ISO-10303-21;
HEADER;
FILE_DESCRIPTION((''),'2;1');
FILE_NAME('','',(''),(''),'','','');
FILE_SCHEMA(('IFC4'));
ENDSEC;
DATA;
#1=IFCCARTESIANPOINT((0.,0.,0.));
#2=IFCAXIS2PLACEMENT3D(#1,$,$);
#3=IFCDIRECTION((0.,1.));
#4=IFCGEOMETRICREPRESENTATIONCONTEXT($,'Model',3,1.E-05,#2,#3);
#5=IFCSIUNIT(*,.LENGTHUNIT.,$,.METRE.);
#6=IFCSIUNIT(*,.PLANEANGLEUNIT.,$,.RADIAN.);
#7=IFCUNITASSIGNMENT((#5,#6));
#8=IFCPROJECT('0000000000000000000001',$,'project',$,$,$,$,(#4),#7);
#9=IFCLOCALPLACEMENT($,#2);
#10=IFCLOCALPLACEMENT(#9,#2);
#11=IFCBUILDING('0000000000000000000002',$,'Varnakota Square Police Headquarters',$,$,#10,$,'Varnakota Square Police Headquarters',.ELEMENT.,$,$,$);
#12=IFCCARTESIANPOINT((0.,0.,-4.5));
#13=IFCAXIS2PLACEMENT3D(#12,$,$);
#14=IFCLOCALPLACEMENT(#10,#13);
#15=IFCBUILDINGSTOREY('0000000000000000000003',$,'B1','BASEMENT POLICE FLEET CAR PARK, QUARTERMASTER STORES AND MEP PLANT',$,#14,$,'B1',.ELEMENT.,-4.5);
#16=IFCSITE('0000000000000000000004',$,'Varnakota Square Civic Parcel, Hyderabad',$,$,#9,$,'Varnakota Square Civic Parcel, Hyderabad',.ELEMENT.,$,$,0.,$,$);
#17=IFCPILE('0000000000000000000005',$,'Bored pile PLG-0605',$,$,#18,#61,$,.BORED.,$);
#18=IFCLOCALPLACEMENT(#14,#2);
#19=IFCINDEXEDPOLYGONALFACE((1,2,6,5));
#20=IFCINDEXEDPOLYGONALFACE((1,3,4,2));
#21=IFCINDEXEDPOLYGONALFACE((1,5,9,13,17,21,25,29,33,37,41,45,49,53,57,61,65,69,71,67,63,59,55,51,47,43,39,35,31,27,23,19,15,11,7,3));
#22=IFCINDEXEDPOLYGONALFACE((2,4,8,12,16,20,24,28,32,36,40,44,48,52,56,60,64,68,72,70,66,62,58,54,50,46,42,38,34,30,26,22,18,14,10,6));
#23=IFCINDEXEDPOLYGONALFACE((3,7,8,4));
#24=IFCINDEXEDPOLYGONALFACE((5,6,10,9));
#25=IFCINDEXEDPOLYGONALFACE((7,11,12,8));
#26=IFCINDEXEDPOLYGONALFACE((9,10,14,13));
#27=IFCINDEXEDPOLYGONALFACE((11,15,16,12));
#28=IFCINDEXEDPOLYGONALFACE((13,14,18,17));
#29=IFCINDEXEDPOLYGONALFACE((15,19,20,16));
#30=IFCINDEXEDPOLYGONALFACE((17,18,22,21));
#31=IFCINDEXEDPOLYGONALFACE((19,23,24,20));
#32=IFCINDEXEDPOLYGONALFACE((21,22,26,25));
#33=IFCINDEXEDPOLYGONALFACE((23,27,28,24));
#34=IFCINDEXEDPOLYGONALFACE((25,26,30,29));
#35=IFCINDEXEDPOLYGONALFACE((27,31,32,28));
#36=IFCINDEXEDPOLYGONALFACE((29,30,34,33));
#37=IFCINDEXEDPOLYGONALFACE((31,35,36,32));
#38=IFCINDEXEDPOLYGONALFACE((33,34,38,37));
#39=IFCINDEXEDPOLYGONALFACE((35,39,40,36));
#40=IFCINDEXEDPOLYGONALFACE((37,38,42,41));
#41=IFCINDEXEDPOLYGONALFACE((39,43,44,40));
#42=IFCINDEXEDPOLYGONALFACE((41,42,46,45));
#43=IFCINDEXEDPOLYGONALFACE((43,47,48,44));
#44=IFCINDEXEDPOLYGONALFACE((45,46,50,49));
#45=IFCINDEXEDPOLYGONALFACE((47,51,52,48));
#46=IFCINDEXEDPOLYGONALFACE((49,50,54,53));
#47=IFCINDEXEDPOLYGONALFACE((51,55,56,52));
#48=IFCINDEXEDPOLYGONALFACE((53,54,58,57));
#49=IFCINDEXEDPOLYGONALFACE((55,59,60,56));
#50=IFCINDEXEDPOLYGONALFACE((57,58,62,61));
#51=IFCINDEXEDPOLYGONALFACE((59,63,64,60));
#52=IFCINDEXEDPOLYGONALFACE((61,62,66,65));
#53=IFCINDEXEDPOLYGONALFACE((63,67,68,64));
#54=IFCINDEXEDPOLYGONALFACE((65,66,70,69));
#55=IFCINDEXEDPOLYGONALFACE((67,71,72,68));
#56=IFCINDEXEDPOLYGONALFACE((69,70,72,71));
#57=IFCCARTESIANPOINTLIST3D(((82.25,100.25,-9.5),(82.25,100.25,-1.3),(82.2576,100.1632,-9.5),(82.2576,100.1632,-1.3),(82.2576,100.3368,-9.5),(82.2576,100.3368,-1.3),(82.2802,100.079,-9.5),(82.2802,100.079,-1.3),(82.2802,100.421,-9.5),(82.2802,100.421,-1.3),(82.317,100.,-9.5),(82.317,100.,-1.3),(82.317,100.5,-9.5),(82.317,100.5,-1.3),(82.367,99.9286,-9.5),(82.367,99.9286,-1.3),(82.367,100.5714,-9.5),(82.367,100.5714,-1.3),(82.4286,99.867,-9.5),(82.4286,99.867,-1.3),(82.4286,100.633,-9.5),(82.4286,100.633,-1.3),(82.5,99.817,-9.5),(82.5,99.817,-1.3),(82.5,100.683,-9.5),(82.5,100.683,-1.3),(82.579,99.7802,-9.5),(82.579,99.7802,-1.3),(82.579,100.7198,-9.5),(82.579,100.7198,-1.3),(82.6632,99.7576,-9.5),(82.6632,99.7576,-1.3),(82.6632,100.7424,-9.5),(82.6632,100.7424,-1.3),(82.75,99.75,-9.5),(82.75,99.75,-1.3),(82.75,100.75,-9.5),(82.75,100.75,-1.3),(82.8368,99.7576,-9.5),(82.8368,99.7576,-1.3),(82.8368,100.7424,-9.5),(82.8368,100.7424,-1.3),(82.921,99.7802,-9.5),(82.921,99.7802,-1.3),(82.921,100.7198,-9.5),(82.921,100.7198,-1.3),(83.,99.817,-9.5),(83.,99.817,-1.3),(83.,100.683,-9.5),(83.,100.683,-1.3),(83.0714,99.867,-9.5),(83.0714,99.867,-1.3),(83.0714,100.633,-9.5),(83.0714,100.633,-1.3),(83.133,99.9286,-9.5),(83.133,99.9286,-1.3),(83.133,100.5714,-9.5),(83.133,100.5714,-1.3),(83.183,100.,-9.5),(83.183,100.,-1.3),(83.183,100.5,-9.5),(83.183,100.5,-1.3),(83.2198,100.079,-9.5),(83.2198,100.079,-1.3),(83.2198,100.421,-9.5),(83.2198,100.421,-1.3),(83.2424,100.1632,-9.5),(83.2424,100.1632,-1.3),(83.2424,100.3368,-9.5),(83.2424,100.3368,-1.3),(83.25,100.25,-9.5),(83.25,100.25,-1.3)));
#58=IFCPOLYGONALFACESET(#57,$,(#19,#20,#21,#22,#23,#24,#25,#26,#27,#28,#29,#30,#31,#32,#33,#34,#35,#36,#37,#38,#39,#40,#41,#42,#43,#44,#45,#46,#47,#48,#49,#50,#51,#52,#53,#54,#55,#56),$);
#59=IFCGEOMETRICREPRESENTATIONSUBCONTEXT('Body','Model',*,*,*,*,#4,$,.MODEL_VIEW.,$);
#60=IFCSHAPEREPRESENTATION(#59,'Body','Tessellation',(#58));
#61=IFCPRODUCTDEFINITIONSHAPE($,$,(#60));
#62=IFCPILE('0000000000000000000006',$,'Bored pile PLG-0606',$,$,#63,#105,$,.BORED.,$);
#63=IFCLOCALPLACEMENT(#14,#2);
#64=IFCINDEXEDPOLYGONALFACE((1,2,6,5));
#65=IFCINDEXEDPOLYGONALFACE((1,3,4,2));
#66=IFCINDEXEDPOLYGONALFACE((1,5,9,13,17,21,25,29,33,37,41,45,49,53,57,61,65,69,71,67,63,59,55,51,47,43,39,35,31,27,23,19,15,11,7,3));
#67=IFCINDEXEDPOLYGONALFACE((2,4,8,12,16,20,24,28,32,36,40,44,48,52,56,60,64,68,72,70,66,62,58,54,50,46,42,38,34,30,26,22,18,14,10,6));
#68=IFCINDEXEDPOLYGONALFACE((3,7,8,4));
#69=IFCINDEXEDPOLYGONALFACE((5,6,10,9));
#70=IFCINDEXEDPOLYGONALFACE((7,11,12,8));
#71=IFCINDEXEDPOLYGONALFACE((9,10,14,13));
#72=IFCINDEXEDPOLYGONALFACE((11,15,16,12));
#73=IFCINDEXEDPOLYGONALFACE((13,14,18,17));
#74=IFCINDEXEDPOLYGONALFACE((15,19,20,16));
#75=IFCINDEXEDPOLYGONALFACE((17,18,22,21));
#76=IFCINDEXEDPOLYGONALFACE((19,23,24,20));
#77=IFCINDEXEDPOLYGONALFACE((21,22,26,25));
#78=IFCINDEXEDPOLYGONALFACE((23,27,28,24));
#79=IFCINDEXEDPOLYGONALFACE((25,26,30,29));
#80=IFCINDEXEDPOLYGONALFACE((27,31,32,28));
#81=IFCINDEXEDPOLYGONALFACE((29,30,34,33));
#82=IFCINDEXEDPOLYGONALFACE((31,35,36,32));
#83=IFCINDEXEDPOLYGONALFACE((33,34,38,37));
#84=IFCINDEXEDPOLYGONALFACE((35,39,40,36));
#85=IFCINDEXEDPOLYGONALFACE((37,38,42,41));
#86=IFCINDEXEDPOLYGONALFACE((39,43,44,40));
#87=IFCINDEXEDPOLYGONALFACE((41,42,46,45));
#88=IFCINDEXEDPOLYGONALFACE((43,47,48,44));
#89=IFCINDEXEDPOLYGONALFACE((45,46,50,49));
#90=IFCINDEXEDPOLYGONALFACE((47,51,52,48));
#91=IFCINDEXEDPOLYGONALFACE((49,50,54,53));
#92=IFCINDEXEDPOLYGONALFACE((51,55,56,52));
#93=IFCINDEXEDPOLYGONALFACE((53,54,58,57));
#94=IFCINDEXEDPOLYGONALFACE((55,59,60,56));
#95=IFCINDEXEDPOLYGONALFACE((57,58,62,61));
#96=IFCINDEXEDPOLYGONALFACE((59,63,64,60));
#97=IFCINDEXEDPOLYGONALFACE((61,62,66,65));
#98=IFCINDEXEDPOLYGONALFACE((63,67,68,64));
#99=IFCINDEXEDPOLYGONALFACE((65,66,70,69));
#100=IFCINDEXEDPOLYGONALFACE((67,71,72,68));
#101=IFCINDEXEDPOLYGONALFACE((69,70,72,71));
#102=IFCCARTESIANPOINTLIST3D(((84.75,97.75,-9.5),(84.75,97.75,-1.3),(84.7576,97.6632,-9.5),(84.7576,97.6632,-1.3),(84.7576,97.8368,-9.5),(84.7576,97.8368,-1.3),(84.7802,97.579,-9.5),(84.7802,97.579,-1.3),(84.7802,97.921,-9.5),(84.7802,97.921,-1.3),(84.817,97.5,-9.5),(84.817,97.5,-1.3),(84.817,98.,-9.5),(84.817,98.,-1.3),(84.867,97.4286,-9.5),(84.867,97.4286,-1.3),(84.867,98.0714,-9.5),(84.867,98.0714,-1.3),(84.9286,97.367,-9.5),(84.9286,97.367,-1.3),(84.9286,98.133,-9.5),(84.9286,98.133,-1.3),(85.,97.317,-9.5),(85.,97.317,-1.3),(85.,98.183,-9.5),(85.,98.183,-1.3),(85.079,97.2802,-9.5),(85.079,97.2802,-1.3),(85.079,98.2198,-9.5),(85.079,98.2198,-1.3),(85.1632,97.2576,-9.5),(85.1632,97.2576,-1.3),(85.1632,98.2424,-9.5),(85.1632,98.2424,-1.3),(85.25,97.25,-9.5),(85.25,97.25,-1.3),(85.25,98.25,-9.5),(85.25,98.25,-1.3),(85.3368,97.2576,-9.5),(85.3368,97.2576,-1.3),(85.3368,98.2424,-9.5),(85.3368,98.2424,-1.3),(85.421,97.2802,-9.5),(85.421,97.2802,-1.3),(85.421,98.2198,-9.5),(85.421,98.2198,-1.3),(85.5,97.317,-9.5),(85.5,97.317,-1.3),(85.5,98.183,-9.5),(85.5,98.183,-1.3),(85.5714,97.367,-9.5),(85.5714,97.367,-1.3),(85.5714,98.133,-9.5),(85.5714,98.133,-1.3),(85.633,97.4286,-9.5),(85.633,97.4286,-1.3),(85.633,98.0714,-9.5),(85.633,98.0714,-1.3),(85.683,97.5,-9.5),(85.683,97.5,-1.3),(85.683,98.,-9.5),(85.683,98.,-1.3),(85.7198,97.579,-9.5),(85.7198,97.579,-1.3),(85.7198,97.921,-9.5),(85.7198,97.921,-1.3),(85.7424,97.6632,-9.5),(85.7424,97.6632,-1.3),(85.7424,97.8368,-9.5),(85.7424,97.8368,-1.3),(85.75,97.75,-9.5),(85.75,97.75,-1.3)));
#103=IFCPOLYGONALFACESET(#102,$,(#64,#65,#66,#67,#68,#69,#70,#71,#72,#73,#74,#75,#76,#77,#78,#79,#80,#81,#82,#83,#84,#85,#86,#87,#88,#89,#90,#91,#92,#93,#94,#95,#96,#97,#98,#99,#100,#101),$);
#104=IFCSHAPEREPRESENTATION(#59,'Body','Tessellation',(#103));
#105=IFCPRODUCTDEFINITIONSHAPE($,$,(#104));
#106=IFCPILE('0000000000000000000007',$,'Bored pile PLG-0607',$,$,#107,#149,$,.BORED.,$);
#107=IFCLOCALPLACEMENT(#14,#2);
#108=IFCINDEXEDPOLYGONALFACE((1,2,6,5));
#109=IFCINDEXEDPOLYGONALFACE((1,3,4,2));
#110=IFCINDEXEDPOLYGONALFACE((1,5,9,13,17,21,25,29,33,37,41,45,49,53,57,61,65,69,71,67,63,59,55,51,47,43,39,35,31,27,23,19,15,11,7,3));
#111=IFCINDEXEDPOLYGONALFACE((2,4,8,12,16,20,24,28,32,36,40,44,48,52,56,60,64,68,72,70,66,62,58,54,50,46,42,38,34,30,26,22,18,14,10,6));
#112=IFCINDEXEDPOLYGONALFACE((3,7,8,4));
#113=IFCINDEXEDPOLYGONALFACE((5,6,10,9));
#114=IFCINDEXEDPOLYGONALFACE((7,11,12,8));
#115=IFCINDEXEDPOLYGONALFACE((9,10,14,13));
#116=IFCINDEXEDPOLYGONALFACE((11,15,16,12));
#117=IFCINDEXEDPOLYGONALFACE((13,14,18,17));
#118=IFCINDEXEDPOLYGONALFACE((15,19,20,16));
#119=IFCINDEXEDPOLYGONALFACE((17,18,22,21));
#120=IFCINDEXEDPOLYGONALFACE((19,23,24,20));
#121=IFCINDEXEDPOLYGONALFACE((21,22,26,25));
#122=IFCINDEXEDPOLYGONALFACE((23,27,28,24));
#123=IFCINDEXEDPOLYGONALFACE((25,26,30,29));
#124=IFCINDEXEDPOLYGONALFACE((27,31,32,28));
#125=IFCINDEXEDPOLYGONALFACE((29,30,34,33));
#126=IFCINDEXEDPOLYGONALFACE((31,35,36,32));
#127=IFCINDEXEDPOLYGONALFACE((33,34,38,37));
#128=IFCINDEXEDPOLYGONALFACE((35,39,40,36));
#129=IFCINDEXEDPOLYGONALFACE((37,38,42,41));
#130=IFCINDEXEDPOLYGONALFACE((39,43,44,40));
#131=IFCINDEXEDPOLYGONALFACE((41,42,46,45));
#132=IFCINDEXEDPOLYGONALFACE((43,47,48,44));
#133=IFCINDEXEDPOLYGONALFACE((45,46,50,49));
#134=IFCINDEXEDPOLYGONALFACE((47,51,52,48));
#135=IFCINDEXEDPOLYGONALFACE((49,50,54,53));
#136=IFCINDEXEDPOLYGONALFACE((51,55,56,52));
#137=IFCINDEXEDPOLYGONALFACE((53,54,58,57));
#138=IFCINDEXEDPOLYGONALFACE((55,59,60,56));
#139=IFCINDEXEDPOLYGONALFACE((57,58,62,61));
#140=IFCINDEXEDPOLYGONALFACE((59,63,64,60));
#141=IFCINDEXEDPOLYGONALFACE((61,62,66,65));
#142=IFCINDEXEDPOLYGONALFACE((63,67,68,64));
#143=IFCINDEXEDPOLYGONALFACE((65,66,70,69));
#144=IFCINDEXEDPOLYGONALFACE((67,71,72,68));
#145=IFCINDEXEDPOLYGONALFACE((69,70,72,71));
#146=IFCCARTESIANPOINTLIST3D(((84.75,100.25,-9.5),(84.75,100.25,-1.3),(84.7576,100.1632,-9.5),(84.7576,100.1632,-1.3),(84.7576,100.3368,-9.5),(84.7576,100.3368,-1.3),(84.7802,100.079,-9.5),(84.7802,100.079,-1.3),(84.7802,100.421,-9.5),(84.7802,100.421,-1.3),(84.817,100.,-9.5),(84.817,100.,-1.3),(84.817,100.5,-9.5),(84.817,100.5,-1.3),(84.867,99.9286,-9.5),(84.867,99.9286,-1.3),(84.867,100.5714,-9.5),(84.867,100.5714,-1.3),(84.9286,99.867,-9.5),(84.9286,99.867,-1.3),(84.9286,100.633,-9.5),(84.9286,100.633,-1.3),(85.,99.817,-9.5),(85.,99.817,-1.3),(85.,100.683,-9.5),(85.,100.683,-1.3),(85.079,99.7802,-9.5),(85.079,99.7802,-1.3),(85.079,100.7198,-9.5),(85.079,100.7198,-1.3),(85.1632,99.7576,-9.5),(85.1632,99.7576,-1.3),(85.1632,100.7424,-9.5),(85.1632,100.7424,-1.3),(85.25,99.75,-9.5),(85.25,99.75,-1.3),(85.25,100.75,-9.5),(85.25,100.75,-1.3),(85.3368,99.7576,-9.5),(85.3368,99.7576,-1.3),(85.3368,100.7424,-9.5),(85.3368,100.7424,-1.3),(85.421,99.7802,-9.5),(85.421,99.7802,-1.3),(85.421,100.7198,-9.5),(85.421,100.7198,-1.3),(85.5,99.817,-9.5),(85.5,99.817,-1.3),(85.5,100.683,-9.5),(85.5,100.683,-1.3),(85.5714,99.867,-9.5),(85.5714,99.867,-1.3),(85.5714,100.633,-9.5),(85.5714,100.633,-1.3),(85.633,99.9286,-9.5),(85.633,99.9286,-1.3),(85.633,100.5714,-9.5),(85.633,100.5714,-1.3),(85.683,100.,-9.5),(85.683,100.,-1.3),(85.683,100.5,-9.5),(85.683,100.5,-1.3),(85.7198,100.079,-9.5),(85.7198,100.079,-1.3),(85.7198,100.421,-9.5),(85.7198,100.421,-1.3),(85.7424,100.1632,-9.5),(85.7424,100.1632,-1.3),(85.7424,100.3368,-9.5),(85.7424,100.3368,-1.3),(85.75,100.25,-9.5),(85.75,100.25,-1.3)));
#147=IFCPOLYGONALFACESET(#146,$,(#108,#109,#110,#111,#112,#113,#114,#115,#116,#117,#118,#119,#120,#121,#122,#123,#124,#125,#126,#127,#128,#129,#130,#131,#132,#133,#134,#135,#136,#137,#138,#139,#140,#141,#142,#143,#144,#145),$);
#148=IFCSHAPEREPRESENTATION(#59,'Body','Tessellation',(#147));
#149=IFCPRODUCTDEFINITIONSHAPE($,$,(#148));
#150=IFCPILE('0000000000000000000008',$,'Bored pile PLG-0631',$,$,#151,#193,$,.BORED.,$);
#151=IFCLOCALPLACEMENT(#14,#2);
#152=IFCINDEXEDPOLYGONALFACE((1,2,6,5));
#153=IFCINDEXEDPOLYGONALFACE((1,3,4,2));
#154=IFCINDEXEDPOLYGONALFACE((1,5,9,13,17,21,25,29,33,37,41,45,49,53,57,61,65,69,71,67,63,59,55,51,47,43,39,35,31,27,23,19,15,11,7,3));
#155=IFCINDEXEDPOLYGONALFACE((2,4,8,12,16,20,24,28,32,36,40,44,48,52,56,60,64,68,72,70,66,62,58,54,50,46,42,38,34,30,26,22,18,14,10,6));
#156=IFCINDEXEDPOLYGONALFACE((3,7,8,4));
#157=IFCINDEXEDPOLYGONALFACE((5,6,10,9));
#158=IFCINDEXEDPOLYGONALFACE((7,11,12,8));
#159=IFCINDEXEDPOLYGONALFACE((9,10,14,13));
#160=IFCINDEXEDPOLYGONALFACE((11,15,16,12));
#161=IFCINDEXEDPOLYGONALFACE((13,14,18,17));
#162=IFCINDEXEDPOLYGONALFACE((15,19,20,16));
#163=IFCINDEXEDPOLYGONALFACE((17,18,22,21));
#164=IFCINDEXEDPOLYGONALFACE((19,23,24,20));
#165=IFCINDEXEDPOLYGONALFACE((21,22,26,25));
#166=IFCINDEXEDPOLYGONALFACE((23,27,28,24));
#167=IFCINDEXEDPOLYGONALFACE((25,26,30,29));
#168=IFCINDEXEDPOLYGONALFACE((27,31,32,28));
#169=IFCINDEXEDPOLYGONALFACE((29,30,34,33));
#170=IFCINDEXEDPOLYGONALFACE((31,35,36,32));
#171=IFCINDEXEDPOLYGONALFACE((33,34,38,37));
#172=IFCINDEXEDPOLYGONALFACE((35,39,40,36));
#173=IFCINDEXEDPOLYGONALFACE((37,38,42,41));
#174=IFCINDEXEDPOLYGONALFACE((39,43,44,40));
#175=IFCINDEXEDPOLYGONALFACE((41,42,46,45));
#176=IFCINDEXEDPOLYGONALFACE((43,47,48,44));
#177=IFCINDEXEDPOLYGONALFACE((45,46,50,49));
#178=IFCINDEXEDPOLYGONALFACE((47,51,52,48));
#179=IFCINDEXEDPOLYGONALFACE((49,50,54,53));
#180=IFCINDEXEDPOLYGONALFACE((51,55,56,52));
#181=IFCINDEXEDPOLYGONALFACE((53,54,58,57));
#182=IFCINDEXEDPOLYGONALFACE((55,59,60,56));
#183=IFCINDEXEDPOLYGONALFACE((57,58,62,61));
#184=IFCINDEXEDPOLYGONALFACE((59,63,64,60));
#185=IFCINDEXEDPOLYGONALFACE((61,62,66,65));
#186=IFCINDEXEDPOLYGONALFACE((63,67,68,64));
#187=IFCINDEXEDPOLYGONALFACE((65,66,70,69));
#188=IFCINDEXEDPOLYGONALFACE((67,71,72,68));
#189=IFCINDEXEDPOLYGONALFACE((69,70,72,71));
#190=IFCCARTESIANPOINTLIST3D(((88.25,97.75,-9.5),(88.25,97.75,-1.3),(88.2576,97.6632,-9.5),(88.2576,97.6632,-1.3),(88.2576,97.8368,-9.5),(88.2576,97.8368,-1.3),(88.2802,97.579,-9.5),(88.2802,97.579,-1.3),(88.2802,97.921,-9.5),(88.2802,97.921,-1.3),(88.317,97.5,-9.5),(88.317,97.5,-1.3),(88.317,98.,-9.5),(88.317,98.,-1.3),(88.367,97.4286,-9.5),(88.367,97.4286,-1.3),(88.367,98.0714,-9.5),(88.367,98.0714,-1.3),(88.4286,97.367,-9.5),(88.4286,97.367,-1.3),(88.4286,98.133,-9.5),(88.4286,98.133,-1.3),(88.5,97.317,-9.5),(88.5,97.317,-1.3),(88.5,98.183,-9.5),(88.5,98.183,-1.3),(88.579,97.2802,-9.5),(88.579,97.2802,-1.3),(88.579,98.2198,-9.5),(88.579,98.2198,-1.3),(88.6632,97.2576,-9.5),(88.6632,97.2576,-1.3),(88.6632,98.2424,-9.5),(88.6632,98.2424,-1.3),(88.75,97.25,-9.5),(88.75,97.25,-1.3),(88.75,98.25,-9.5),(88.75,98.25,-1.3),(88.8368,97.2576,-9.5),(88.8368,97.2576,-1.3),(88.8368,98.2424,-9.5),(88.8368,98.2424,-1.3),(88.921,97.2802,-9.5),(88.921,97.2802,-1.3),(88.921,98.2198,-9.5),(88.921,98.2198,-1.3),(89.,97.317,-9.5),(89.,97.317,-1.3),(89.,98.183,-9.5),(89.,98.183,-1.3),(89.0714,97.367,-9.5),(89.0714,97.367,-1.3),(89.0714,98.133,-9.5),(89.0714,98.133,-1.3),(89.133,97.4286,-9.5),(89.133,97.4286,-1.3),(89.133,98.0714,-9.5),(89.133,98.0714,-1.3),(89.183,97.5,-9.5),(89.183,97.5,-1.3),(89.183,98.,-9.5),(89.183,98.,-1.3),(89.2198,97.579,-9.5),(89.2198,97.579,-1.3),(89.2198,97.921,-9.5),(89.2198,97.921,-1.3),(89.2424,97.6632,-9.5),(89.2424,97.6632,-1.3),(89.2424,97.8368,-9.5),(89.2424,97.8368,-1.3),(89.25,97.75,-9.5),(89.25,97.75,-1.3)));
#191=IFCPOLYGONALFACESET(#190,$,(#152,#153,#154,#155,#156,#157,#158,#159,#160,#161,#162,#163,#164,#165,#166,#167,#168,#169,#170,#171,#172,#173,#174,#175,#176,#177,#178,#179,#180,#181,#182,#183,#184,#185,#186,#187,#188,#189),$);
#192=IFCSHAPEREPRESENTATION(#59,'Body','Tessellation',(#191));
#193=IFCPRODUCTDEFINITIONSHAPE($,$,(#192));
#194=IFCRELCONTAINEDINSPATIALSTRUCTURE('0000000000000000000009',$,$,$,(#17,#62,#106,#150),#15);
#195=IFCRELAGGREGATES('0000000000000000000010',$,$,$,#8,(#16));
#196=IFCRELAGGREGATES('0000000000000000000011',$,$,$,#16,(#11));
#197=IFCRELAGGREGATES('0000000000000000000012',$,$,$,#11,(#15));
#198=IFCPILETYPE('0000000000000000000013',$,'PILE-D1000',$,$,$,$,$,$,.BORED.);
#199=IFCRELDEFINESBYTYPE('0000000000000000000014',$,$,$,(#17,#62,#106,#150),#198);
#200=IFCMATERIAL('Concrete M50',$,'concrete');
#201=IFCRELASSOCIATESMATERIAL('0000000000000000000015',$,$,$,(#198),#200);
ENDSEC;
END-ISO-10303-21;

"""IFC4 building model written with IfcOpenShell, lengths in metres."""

from ifc_helpers import new_model, si_unit, direction, frame, origin, origin_2d, place, context, subcontext, project, spatial, circle, extrude, material, material_profile, profile_set, type_object, element, save


model = new_model("IFC4")

# Units and contexts
model_context = context("Model", 3, precision=1e-05, world=origin(), true_north=direction((0.0, 1.0)))
body_context = subcontext(model_context, "Body", "Model", "MODEL_VIEW")
ifc_project = project(units=[si_unit("LENGTHUNIT", "METRE"), si_unit("PLANEANGLEUNIT", "RADIAN")], contexts=[model_context])

# Site, building, storey
site_placement = place(None, origin())
site = spatial("IfcSite", under=ifc_project, at=site_placement, Name="Varnakota Square Civic Parcel, Hyderabad", LongName="Varnakota Square Civic Parcel, Hyderabad", CompositionType="ELEMENT", RefElevation=0.0)
building_placement = place(site_placement, origin())
building = spatial("IfcBuilding", under=site, at=building_placement, Name="Varnakota Square Police Headquarters", LongName="Varnakota Square Police Headquarters", CompositionType="ELEMENT")
storey_placement = place(building_placement, frame((0.0, 0.0, -4.5)))
storey = spatial("IfcBuildingStorey", under=building, at=storey_placement, Name="B1", Description="BASEMENT POLICE FLEET CAR PARK, QUARTERMASTER STORES AND MEP PLANT", LongName="B1", CompositionType="ELEMENT", Elevation=-4.5)

# Shared definitions
ifc_material_1 = material(Name="Concrete M50", Category="concrete")

# Piles
ifc_material_profile_1 = material_profile(ifc_material_1, circle(Radius=0.5, at=origin_2d()), Name="BORED PILE 1000")
ifc_profile_set_1 = profile_set([ifc_material_profile_1], Name="Concrete M50")
pile_type_1 = type_object("IfcPileType", Name="PILE-D1000", PredefinedType="BORED", material=ifc_profile_set_1)
for number, where, z_axis, x_axis, name in (
    (1, (82.75, 100.25, -1.3), (0.0, 0.0, -1.0), (1.0, 0.0, 0.0), "Bored pile PLG-0605"),
    (2, (85.25, 97.75, -1.3), (0.0, 0.0, -1.0), (1.0, 0.0, 0.0), "Bored pile PLG-0606"),
    (3, (85.25, 100.25, -1.3), (0.0, 0.0, -1.0), (1.0, 0.0, 0.0), "Bored pile PLG-0607"),
    (4, (88.75, 97.75, -1.3), (0.0, 0.0, -1.0), (1.0, 0.0, 0.0), "Bored pile PLG-0631"),
):
    element("IfcPile", number, at=place(storey_placement, frame(where, z_axis=z_axis, x_axis=x_axis)), inside=storey, type_object=pile_type_1, Name=name, PredefinedType="BORED", context=body_context, shape_type="SweptSolid", body=[
        extrude(circle(Radius=0.5, at=origin_2d()), origin(), (0.0, 0.0, 1.0), 8.2),
    ])

save(model, "model.ifc")
